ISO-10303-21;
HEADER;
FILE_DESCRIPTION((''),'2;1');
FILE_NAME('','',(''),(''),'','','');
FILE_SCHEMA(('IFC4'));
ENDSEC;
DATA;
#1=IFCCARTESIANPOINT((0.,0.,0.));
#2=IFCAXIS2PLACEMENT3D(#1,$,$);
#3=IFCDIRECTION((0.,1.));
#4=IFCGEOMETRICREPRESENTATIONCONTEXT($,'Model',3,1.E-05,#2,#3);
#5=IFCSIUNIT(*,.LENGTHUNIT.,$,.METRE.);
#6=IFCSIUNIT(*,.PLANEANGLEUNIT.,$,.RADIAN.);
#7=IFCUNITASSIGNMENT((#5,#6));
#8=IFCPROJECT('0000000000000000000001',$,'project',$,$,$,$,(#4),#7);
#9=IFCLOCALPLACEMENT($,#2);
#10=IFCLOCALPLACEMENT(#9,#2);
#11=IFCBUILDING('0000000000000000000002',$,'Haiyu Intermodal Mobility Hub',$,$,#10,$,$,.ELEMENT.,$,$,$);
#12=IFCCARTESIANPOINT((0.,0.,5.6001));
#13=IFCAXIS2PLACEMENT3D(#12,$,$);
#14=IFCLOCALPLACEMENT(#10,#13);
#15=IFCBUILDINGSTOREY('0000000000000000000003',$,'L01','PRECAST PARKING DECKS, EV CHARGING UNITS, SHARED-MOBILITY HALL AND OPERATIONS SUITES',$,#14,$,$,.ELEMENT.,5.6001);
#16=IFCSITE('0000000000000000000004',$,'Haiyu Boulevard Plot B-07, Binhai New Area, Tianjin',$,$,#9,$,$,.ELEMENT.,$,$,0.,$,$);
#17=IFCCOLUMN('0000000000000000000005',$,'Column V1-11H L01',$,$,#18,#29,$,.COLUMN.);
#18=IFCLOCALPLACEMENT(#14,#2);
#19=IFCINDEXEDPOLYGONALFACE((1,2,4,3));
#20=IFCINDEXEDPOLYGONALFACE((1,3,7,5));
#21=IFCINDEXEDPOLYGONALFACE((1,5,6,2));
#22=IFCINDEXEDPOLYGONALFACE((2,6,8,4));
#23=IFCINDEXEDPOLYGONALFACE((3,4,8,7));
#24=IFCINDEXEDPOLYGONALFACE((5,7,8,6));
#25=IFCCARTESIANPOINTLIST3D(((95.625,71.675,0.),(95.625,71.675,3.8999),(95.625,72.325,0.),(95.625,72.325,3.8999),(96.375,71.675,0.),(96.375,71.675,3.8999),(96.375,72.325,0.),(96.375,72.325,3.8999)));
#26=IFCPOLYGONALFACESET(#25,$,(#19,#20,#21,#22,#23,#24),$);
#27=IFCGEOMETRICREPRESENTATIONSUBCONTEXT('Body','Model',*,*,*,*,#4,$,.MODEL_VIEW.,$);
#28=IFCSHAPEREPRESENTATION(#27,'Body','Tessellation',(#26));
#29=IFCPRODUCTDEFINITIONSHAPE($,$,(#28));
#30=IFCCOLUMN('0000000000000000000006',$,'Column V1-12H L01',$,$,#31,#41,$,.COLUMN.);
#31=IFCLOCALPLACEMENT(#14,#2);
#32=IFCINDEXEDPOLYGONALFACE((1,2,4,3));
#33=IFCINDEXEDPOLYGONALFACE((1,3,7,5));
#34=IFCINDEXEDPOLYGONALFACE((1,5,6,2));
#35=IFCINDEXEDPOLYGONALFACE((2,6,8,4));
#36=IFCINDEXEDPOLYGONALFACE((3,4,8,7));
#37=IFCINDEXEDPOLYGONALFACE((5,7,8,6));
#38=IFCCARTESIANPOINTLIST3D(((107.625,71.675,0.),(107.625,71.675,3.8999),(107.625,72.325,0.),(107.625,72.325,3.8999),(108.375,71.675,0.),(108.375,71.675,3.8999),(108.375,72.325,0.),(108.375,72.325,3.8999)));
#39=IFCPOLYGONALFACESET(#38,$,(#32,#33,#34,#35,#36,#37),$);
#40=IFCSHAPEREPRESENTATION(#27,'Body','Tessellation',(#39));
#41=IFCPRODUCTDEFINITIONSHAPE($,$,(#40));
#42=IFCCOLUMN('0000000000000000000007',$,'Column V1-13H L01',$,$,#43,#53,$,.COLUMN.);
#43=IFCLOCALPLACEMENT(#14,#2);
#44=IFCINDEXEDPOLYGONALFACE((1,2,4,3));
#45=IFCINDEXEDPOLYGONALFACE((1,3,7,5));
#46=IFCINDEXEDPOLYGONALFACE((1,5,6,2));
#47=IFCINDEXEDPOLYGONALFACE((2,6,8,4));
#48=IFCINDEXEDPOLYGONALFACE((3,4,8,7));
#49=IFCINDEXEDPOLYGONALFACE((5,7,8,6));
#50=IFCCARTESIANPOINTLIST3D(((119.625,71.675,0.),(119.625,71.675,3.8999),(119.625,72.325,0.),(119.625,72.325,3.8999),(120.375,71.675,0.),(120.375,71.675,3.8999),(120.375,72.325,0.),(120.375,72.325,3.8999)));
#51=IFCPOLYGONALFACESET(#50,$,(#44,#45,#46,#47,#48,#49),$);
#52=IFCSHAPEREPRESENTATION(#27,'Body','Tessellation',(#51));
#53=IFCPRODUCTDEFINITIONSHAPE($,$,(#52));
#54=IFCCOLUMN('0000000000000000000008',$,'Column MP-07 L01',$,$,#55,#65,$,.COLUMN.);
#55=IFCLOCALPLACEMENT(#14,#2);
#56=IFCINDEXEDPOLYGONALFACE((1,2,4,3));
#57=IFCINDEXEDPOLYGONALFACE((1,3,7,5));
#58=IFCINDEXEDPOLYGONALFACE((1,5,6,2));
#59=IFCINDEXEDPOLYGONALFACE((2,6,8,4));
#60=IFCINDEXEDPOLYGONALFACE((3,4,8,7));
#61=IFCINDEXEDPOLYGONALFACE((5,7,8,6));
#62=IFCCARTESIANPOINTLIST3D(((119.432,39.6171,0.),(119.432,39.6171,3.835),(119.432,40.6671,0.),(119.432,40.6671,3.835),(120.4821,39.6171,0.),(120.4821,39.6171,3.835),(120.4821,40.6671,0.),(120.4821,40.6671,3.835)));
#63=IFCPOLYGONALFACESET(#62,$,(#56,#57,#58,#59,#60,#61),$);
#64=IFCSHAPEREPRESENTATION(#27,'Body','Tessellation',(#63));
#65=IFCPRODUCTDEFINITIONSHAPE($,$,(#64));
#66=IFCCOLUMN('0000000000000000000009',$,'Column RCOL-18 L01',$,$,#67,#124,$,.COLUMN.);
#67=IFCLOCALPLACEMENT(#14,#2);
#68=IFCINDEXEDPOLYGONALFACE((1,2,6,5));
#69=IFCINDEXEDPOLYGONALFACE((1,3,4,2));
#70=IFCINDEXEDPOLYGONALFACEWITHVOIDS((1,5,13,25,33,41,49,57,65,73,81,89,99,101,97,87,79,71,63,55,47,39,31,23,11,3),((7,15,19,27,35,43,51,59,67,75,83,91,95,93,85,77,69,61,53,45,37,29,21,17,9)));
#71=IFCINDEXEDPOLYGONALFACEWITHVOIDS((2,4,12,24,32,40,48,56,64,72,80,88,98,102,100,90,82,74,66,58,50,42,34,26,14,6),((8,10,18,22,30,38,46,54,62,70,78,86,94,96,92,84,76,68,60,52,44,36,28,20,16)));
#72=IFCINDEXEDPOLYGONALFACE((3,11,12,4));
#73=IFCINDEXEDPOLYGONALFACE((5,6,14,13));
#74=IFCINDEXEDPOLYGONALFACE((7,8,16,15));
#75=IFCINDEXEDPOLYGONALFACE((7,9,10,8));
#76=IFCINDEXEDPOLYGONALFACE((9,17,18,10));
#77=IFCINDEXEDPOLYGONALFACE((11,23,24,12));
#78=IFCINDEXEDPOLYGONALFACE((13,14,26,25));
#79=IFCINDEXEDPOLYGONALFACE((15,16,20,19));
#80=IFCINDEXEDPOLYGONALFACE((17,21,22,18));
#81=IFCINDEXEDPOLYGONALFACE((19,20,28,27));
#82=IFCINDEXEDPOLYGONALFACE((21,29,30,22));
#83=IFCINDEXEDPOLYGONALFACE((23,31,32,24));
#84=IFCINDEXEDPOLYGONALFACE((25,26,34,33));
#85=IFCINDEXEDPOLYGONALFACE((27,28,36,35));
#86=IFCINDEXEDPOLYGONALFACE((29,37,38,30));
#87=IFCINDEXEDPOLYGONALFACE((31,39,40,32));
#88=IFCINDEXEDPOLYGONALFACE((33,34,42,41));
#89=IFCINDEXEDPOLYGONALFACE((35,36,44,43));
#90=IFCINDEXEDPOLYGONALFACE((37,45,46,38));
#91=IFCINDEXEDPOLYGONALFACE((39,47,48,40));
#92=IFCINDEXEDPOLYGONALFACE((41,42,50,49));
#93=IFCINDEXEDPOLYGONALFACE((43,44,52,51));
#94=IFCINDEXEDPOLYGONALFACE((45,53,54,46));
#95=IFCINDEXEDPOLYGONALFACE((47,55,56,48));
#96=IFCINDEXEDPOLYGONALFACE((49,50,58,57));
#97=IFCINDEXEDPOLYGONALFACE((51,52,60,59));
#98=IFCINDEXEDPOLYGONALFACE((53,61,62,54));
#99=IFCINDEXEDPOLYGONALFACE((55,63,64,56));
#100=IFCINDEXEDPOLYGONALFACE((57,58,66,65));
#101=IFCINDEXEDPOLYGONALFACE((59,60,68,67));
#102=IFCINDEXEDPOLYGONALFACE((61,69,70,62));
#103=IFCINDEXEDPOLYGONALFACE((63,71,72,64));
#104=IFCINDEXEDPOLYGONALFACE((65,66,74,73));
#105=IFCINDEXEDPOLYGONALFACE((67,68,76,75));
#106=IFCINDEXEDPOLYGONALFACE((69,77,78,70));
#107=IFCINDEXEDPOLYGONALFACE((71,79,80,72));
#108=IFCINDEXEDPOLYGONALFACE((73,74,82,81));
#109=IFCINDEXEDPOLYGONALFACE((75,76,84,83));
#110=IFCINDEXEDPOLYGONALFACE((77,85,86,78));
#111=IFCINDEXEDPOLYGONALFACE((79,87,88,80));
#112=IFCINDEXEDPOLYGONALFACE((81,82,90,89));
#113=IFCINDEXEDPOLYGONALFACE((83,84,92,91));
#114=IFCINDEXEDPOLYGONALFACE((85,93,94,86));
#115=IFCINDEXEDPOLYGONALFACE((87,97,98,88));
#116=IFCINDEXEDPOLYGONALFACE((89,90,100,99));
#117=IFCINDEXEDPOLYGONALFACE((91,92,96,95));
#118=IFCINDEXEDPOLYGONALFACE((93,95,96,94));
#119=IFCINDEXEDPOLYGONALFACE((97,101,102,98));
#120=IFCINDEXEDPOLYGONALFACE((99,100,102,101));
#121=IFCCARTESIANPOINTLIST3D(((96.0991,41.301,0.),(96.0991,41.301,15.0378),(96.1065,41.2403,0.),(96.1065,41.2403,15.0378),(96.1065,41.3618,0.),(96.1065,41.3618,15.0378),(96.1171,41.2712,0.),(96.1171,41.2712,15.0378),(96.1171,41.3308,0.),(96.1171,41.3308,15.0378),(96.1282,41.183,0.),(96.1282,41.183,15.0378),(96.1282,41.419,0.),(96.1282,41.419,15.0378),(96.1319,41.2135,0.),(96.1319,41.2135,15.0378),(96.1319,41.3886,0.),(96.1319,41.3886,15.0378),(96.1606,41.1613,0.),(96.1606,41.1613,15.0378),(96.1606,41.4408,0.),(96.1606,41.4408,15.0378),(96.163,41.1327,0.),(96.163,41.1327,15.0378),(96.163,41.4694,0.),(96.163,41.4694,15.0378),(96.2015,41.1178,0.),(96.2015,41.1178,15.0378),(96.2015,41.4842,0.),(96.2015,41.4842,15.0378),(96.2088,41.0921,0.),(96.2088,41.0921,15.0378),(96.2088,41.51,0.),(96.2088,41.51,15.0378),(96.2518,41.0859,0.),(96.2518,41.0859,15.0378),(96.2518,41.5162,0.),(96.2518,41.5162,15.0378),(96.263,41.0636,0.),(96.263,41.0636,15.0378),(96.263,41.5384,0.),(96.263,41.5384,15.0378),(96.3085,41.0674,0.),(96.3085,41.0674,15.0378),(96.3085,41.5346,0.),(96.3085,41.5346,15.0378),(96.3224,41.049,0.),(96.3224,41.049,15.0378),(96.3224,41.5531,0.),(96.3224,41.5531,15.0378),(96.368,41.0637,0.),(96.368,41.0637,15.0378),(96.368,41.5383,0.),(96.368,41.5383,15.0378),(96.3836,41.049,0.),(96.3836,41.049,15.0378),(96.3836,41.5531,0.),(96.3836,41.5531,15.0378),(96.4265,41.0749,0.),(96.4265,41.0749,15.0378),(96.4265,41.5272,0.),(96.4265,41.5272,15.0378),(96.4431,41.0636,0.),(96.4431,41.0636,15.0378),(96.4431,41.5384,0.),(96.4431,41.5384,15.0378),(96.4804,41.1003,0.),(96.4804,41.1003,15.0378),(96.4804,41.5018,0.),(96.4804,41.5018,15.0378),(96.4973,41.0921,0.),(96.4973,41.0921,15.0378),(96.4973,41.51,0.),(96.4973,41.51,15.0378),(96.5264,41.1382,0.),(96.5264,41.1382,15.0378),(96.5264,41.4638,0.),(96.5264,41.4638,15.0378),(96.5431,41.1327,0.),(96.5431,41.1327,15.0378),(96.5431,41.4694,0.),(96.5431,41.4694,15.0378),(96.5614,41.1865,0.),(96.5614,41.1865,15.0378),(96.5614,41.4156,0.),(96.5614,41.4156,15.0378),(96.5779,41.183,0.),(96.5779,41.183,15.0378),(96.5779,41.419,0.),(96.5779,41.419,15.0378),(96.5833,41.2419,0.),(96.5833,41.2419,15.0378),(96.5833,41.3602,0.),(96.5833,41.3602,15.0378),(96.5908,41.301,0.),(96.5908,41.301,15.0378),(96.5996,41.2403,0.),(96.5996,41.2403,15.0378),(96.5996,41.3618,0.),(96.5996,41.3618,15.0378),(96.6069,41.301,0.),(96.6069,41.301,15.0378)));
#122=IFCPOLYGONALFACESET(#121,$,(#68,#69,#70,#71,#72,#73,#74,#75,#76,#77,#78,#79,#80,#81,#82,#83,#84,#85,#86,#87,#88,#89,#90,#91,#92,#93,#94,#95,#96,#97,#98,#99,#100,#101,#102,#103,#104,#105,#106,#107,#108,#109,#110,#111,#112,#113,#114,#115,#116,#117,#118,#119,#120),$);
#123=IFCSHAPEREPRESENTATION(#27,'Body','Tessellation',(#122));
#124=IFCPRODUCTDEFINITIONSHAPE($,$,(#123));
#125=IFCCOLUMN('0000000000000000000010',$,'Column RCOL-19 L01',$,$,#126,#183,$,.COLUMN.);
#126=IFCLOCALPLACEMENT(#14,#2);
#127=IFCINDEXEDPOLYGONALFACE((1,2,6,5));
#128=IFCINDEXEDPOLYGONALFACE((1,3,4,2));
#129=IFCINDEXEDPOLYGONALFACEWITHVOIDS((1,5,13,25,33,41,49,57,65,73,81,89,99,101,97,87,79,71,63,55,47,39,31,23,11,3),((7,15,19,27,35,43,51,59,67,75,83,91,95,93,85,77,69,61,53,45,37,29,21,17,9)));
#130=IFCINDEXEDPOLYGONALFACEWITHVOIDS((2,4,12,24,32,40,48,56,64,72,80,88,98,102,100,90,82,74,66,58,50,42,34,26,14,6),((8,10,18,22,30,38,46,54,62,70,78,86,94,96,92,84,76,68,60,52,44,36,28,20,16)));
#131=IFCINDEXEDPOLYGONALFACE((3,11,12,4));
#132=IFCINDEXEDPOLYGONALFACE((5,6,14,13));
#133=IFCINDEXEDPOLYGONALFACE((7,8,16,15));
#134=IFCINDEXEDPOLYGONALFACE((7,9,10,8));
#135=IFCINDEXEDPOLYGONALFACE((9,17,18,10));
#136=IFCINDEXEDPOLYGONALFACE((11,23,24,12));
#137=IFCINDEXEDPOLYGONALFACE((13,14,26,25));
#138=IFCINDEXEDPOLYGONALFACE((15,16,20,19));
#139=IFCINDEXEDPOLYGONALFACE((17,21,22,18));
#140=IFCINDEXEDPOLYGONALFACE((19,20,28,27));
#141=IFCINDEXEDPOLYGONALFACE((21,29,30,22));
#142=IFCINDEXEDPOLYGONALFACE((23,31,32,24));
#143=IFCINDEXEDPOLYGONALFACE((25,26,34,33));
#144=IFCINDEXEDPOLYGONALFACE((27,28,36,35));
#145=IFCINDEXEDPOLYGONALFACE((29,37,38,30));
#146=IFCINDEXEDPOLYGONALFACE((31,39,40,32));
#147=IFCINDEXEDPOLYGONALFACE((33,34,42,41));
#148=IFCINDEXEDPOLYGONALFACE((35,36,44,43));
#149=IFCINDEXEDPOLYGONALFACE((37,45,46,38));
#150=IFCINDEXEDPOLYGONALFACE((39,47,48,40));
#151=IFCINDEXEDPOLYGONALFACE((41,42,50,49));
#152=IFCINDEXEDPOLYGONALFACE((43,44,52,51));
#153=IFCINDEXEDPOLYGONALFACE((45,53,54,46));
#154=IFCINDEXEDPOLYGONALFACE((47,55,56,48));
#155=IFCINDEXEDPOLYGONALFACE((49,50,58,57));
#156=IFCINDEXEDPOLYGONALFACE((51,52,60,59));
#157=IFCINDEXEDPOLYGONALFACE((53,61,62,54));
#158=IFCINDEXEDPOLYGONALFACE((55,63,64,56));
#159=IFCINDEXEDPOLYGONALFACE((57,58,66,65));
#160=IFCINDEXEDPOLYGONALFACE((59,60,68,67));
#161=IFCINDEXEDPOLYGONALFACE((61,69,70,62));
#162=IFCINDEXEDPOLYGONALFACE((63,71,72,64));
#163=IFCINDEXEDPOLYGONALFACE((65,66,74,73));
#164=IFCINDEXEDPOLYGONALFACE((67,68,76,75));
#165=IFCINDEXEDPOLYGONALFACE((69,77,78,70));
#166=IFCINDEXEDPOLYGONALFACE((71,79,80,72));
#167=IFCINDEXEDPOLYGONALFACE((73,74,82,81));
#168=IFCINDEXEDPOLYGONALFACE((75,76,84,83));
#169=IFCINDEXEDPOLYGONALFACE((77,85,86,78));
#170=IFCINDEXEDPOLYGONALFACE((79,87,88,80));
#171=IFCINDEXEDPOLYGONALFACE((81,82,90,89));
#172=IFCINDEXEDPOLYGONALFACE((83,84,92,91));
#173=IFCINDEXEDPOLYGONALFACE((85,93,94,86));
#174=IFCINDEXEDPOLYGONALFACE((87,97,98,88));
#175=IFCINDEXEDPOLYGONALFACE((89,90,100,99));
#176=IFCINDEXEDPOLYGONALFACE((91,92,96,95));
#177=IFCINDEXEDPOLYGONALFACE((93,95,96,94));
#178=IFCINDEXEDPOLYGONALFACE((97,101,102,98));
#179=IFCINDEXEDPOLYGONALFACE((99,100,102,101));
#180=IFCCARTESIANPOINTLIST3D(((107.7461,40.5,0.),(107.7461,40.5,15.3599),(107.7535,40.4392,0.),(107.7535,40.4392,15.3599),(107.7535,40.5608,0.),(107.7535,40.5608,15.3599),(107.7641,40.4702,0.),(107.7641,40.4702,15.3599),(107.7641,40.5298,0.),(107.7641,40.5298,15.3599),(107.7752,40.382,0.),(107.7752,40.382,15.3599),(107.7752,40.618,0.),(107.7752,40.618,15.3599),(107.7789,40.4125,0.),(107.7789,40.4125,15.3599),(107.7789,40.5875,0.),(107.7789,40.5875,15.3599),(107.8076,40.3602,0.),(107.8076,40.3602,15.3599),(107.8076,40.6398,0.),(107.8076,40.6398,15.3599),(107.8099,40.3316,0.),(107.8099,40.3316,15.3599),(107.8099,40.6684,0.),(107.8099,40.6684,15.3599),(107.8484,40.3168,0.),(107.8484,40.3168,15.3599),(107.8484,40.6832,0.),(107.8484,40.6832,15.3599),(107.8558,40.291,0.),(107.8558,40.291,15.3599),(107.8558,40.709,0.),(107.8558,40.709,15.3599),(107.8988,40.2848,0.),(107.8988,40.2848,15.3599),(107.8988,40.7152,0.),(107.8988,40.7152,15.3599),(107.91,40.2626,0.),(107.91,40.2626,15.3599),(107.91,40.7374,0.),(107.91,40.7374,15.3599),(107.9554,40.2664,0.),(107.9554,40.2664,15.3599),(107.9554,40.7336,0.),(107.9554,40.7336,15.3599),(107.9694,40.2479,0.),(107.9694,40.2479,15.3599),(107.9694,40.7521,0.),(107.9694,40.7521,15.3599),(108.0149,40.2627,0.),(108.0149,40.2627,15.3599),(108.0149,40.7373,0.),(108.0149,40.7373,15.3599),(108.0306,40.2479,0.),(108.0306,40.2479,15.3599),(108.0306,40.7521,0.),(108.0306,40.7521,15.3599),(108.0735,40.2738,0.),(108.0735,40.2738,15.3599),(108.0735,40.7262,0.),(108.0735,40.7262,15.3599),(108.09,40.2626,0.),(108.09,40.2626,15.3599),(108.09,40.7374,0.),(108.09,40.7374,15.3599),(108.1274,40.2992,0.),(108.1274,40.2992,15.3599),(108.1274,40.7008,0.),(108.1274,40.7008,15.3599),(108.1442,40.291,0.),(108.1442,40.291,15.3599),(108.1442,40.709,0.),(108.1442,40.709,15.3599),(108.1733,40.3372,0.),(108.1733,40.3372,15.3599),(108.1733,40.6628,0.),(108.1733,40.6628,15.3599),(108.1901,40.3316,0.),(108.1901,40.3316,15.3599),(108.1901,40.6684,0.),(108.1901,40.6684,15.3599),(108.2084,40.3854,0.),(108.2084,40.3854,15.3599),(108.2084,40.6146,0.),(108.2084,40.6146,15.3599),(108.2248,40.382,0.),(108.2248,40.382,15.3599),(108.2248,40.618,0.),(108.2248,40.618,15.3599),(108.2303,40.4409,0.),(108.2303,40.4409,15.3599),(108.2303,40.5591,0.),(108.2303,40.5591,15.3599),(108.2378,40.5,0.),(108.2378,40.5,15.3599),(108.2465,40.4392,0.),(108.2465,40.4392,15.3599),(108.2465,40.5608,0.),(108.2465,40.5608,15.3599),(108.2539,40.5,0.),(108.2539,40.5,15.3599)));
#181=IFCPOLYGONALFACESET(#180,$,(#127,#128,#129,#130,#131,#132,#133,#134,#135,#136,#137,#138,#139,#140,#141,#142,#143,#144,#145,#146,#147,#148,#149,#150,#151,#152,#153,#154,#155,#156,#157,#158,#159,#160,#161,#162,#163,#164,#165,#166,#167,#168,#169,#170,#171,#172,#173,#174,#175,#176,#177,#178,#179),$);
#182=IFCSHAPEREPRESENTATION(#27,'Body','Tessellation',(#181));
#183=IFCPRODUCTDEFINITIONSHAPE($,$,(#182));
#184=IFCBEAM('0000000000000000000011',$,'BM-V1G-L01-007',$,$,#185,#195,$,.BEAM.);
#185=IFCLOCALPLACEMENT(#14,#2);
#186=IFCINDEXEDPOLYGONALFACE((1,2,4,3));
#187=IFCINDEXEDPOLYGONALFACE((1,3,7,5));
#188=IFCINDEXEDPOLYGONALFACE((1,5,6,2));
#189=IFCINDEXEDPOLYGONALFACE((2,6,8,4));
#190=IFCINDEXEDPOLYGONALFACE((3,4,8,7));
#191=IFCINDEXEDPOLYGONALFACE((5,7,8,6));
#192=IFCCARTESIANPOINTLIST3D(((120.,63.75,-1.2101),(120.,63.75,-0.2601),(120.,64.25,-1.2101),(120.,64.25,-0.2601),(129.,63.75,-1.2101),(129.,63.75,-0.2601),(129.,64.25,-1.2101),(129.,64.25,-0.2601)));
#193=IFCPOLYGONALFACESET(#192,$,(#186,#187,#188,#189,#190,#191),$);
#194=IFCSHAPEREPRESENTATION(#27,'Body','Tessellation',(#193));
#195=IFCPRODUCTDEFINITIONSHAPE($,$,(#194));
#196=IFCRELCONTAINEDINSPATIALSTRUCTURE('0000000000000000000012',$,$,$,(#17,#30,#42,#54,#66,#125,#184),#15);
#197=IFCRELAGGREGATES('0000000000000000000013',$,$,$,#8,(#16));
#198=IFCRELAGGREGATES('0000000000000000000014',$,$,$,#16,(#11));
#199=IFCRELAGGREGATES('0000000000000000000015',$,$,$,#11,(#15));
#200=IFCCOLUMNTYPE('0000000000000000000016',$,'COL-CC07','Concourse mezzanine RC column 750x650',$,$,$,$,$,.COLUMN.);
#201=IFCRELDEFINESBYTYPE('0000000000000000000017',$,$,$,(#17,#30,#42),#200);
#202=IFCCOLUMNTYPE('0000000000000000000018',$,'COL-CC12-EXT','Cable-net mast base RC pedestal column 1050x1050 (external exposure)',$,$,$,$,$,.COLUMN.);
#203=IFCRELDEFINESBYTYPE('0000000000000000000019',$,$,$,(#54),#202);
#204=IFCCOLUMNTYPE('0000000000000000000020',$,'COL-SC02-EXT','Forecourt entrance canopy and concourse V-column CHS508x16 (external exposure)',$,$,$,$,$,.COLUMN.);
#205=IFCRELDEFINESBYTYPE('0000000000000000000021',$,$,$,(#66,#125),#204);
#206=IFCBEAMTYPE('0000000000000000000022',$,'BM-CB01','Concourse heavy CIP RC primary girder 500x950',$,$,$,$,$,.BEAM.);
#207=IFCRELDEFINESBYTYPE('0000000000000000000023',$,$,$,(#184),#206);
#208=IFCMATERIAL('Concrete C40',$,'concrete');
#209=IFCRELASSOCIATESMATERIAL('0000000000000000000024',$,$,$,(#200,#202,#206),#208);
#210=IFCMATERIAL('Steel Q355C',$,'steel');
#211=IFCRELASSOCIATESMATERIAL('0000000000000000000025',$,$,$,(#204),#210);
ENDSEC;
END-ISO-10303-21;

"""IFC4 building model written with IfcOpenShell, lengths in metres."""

from ifc_helpers import new_model, si_unit, direction, frame, origin, origin_2d, place, context, subcontext, project, spatial, rectangle, hollow_circle, extrude, material, material_profile, profile_set, type_object, element, save


model = new_model("IFC4")

# Units and contexts
model_context = context("Model", 3, precision=1e-05, world=origin(), true_north=direction((0.0, 1.0)))
body_context = subcontext(model_context, "Body", "Model", "MODEL_VIEW")
ifc_project = project(units=[si_unit("LENGTHUNIT", "METRE"), si_unit("PLANEANGLEUNIT", "RADIAN")], contexts=[model_context])

# Site, building, storey
site_placement = place(None, origin())
site = spatial("IfcSite", under=ifc_project, at=site_placement, Name="Haiyu Boulevard Plot B-07, Binhai New Area, Tianjin", CompositionType="ELEMENT", RefElevation=0.0)
building_placement = place(site_placement, origin())
building = spatial("IfcBuilding", under=site, at=building_placement, Name="Haiyu Intermodal Mobility Hub", CompositionType="ELEMENT")
storey_placement = place(building_placement, frame((0.0, 0.0, 5.6001)))
storey = spatial("IfcBuildingStorey", under=building, at=storey_placement, Name="L01", Description="PRECAST PARKING DECKS, EV CHARGING UNITS, SHARED-MOBILITY HALL AND OPERATIONS SUITES", CompositionType="ELEMENT", Elevation=5.6001)

# Columns
ifc_material_1 = material(Name="Concrete C40", Category="concrete")
ifc_material_profile_1 = material_profile(ifc_material_1, rectangle(XDim=0.75, YDim=0.6499, at=origin_2d()), Name="RC750x650")
ifc_profile_set_1 = profile_set([ifc_material_profile_1], Name="Concrete C40")
column_type_1 = type_object("IfcColumnType", Name="COL-CC07", Description="Concourse mezzanine RC column 750x650", PredefinedType="COLUMN", material=ifc_profile_set_1)
for number, where, z_axis, x_axis, name in (
    (1, (96.0, 72.0, 0.0), (0.0, 0.0, 1.0), (1.0, 0.0, 0.0), "Column V1-11H L01"),
    (2, (108.0, 72.0, 0.0), (0.0, 0.0, 1.0), (1.0, 0.0, 0.0), "Column V1-12H L01"),
    (3, (120.0, 72.0, 0.0), (0.0, 0.0, 1.0), (1.0, 0.0, 0.0), "Column V1-13H L01"),
):
    element("IfcColumn", number, at=place(storey_placement, frame(where, z_axis=z_axis, x_axis=x_axis)), inside=storey, type_object=column_type_1, Name=name, PredefinedType="COLUMN", context=body_context, shape_type="SweptSolid", body=[
        extrude(rectangle(XDim=0.75, YDim=0.6499, at=origin_2d()), origin(), (0.0, 0.0, 1.0), 3.8999),
    ])
ifc_material_profile_2 = material_profile(ifc_material_1, rectangle(XDim=1.05, YDim=1.05, at=origin_2d()), Name="RC1050x1050")
ifc_profile_set_2 = profile_set([ifc_material_profile_2], Name="Concrete C40")
column_type_2 = type_object("IfcColumnType", Name="COL-CC12-EXT", Description="Cable-net mast base RC pedestal column 1050x1050 (external exposure)", PredefinedType="COLUMN", material=ifc_profile_set_2)
column_1_placement = place(storey_placement, frame((119.957, 40.1421, 0.0), z_axis=(0.0, 0.0, 1.0), x_axis=(1.0, 0.0, 0.0)))
element("IfcColumn", 4, at=column_1_placement, inside=storey, type_object=column_type_2, Name="Column MP-07 L01", PredefinedType="COLUMN", context=body_context, shape_type="SweptSolid", body=[
    extrude(rectangle(XDim=1.05, YDim=1.05, at=origin_2d()), origin(), (0.0, 0.0, 1.0), 3.835),
])
ifc_material_2 = material(Name="Steel Q355C", Category="steel")
ifc_material_profile_3 = material_profile(ifc_material_2, hollow_circle(Radius=0.2539, WallThickness=0.0161, at=origin_2d()), Name="CHS508x16")
ifc_profile_set_3 = profile_set([ifc_material_profile_3], Name="Steel Q355C")
column_type_3 = type_object("IfcColumnType", Name="COL-SC02-EXT", Description="Forecourt entrance canopy and concourse V-column CHS508x16 (external exposure)", PredefinedType="COLUMN", material=ifc_profile_set_3)
column_2_placement = place(storey_placement, frame((96.353, 41.301, 0.0), z_axis=(0.0, 0.0, 1.0), x_axis=(1.0, 0.0, 0.0)))
element("IfcColumn", 5, at=column_2_placement, inside=storey, type_object=column_type_3, Name="Column RCOL-18 L01", PredefinedType="COLUMN", context=body_context, shape_type="SweptSolid", body=[
    extrude(hollow_circle(Radius=0.2539, WallThickness=0.0161, at=origin_2d()), origin(), (0.0, 0.0, 1.0), 15.0378),
])
column_3_placement = place(storey_placement, frame((108.0, 40.5, 0.0), z_axis=(0.0, 0.0, 1.0), x_axis=(1.0, 0.0, 0.0)))
element("IfcColumn", 6, at=column_3_placement, inside=storey, type_object=column_type_3, Name="Column RCOL-19 L01", PredefinedType="COLUMN", context=body_context, shape_type="SweptSolid", body=[
    extrude(hollow_circle(Radius=0.2539, WallThickness=0.0161, at=origin_2d()), origin(), (0.0, 0.0, 1.0), 15.3599),
])

# Beam
ifc_material_profile_4 = material_profile(ifc_material_1, rectangle(XDim=0.5, YDim=0.95, at=origin_2d()), Name="RCB500x950")
ifc_profile_set_4 = profile_set([ifc_material_profile_4], Name="Concrete C40")
beam_type_1 = type_object("IfcBeamType", Name="BM-CB01", Description="Concourse heavy CIP RC primary girder 500x950", PredefinedType="BEAM", material=ifc_profile_set_4)
beam_1_placement = place(storey_placement, frame((120.0, 64.0, -0.7351), z_axis=(1.0, 0.0, 0.0), x_axis=(0.0, 1.0, 0.0)))
element("IfcBeam", 7, at=beam_1_placement, inside=storey, type_object=beam_type_1, Name="BM-V1G-L01-007", PredefinedType="BEAM", context=body_context, shape_type="SweptSolid", body=[
    extrude(rectangle(XDim=0.5, YDim=0.95, at=origin_2d()), origin(), (0.0, 0.0, 1.0), 9.0),
])

save(model, "model.ifc")
